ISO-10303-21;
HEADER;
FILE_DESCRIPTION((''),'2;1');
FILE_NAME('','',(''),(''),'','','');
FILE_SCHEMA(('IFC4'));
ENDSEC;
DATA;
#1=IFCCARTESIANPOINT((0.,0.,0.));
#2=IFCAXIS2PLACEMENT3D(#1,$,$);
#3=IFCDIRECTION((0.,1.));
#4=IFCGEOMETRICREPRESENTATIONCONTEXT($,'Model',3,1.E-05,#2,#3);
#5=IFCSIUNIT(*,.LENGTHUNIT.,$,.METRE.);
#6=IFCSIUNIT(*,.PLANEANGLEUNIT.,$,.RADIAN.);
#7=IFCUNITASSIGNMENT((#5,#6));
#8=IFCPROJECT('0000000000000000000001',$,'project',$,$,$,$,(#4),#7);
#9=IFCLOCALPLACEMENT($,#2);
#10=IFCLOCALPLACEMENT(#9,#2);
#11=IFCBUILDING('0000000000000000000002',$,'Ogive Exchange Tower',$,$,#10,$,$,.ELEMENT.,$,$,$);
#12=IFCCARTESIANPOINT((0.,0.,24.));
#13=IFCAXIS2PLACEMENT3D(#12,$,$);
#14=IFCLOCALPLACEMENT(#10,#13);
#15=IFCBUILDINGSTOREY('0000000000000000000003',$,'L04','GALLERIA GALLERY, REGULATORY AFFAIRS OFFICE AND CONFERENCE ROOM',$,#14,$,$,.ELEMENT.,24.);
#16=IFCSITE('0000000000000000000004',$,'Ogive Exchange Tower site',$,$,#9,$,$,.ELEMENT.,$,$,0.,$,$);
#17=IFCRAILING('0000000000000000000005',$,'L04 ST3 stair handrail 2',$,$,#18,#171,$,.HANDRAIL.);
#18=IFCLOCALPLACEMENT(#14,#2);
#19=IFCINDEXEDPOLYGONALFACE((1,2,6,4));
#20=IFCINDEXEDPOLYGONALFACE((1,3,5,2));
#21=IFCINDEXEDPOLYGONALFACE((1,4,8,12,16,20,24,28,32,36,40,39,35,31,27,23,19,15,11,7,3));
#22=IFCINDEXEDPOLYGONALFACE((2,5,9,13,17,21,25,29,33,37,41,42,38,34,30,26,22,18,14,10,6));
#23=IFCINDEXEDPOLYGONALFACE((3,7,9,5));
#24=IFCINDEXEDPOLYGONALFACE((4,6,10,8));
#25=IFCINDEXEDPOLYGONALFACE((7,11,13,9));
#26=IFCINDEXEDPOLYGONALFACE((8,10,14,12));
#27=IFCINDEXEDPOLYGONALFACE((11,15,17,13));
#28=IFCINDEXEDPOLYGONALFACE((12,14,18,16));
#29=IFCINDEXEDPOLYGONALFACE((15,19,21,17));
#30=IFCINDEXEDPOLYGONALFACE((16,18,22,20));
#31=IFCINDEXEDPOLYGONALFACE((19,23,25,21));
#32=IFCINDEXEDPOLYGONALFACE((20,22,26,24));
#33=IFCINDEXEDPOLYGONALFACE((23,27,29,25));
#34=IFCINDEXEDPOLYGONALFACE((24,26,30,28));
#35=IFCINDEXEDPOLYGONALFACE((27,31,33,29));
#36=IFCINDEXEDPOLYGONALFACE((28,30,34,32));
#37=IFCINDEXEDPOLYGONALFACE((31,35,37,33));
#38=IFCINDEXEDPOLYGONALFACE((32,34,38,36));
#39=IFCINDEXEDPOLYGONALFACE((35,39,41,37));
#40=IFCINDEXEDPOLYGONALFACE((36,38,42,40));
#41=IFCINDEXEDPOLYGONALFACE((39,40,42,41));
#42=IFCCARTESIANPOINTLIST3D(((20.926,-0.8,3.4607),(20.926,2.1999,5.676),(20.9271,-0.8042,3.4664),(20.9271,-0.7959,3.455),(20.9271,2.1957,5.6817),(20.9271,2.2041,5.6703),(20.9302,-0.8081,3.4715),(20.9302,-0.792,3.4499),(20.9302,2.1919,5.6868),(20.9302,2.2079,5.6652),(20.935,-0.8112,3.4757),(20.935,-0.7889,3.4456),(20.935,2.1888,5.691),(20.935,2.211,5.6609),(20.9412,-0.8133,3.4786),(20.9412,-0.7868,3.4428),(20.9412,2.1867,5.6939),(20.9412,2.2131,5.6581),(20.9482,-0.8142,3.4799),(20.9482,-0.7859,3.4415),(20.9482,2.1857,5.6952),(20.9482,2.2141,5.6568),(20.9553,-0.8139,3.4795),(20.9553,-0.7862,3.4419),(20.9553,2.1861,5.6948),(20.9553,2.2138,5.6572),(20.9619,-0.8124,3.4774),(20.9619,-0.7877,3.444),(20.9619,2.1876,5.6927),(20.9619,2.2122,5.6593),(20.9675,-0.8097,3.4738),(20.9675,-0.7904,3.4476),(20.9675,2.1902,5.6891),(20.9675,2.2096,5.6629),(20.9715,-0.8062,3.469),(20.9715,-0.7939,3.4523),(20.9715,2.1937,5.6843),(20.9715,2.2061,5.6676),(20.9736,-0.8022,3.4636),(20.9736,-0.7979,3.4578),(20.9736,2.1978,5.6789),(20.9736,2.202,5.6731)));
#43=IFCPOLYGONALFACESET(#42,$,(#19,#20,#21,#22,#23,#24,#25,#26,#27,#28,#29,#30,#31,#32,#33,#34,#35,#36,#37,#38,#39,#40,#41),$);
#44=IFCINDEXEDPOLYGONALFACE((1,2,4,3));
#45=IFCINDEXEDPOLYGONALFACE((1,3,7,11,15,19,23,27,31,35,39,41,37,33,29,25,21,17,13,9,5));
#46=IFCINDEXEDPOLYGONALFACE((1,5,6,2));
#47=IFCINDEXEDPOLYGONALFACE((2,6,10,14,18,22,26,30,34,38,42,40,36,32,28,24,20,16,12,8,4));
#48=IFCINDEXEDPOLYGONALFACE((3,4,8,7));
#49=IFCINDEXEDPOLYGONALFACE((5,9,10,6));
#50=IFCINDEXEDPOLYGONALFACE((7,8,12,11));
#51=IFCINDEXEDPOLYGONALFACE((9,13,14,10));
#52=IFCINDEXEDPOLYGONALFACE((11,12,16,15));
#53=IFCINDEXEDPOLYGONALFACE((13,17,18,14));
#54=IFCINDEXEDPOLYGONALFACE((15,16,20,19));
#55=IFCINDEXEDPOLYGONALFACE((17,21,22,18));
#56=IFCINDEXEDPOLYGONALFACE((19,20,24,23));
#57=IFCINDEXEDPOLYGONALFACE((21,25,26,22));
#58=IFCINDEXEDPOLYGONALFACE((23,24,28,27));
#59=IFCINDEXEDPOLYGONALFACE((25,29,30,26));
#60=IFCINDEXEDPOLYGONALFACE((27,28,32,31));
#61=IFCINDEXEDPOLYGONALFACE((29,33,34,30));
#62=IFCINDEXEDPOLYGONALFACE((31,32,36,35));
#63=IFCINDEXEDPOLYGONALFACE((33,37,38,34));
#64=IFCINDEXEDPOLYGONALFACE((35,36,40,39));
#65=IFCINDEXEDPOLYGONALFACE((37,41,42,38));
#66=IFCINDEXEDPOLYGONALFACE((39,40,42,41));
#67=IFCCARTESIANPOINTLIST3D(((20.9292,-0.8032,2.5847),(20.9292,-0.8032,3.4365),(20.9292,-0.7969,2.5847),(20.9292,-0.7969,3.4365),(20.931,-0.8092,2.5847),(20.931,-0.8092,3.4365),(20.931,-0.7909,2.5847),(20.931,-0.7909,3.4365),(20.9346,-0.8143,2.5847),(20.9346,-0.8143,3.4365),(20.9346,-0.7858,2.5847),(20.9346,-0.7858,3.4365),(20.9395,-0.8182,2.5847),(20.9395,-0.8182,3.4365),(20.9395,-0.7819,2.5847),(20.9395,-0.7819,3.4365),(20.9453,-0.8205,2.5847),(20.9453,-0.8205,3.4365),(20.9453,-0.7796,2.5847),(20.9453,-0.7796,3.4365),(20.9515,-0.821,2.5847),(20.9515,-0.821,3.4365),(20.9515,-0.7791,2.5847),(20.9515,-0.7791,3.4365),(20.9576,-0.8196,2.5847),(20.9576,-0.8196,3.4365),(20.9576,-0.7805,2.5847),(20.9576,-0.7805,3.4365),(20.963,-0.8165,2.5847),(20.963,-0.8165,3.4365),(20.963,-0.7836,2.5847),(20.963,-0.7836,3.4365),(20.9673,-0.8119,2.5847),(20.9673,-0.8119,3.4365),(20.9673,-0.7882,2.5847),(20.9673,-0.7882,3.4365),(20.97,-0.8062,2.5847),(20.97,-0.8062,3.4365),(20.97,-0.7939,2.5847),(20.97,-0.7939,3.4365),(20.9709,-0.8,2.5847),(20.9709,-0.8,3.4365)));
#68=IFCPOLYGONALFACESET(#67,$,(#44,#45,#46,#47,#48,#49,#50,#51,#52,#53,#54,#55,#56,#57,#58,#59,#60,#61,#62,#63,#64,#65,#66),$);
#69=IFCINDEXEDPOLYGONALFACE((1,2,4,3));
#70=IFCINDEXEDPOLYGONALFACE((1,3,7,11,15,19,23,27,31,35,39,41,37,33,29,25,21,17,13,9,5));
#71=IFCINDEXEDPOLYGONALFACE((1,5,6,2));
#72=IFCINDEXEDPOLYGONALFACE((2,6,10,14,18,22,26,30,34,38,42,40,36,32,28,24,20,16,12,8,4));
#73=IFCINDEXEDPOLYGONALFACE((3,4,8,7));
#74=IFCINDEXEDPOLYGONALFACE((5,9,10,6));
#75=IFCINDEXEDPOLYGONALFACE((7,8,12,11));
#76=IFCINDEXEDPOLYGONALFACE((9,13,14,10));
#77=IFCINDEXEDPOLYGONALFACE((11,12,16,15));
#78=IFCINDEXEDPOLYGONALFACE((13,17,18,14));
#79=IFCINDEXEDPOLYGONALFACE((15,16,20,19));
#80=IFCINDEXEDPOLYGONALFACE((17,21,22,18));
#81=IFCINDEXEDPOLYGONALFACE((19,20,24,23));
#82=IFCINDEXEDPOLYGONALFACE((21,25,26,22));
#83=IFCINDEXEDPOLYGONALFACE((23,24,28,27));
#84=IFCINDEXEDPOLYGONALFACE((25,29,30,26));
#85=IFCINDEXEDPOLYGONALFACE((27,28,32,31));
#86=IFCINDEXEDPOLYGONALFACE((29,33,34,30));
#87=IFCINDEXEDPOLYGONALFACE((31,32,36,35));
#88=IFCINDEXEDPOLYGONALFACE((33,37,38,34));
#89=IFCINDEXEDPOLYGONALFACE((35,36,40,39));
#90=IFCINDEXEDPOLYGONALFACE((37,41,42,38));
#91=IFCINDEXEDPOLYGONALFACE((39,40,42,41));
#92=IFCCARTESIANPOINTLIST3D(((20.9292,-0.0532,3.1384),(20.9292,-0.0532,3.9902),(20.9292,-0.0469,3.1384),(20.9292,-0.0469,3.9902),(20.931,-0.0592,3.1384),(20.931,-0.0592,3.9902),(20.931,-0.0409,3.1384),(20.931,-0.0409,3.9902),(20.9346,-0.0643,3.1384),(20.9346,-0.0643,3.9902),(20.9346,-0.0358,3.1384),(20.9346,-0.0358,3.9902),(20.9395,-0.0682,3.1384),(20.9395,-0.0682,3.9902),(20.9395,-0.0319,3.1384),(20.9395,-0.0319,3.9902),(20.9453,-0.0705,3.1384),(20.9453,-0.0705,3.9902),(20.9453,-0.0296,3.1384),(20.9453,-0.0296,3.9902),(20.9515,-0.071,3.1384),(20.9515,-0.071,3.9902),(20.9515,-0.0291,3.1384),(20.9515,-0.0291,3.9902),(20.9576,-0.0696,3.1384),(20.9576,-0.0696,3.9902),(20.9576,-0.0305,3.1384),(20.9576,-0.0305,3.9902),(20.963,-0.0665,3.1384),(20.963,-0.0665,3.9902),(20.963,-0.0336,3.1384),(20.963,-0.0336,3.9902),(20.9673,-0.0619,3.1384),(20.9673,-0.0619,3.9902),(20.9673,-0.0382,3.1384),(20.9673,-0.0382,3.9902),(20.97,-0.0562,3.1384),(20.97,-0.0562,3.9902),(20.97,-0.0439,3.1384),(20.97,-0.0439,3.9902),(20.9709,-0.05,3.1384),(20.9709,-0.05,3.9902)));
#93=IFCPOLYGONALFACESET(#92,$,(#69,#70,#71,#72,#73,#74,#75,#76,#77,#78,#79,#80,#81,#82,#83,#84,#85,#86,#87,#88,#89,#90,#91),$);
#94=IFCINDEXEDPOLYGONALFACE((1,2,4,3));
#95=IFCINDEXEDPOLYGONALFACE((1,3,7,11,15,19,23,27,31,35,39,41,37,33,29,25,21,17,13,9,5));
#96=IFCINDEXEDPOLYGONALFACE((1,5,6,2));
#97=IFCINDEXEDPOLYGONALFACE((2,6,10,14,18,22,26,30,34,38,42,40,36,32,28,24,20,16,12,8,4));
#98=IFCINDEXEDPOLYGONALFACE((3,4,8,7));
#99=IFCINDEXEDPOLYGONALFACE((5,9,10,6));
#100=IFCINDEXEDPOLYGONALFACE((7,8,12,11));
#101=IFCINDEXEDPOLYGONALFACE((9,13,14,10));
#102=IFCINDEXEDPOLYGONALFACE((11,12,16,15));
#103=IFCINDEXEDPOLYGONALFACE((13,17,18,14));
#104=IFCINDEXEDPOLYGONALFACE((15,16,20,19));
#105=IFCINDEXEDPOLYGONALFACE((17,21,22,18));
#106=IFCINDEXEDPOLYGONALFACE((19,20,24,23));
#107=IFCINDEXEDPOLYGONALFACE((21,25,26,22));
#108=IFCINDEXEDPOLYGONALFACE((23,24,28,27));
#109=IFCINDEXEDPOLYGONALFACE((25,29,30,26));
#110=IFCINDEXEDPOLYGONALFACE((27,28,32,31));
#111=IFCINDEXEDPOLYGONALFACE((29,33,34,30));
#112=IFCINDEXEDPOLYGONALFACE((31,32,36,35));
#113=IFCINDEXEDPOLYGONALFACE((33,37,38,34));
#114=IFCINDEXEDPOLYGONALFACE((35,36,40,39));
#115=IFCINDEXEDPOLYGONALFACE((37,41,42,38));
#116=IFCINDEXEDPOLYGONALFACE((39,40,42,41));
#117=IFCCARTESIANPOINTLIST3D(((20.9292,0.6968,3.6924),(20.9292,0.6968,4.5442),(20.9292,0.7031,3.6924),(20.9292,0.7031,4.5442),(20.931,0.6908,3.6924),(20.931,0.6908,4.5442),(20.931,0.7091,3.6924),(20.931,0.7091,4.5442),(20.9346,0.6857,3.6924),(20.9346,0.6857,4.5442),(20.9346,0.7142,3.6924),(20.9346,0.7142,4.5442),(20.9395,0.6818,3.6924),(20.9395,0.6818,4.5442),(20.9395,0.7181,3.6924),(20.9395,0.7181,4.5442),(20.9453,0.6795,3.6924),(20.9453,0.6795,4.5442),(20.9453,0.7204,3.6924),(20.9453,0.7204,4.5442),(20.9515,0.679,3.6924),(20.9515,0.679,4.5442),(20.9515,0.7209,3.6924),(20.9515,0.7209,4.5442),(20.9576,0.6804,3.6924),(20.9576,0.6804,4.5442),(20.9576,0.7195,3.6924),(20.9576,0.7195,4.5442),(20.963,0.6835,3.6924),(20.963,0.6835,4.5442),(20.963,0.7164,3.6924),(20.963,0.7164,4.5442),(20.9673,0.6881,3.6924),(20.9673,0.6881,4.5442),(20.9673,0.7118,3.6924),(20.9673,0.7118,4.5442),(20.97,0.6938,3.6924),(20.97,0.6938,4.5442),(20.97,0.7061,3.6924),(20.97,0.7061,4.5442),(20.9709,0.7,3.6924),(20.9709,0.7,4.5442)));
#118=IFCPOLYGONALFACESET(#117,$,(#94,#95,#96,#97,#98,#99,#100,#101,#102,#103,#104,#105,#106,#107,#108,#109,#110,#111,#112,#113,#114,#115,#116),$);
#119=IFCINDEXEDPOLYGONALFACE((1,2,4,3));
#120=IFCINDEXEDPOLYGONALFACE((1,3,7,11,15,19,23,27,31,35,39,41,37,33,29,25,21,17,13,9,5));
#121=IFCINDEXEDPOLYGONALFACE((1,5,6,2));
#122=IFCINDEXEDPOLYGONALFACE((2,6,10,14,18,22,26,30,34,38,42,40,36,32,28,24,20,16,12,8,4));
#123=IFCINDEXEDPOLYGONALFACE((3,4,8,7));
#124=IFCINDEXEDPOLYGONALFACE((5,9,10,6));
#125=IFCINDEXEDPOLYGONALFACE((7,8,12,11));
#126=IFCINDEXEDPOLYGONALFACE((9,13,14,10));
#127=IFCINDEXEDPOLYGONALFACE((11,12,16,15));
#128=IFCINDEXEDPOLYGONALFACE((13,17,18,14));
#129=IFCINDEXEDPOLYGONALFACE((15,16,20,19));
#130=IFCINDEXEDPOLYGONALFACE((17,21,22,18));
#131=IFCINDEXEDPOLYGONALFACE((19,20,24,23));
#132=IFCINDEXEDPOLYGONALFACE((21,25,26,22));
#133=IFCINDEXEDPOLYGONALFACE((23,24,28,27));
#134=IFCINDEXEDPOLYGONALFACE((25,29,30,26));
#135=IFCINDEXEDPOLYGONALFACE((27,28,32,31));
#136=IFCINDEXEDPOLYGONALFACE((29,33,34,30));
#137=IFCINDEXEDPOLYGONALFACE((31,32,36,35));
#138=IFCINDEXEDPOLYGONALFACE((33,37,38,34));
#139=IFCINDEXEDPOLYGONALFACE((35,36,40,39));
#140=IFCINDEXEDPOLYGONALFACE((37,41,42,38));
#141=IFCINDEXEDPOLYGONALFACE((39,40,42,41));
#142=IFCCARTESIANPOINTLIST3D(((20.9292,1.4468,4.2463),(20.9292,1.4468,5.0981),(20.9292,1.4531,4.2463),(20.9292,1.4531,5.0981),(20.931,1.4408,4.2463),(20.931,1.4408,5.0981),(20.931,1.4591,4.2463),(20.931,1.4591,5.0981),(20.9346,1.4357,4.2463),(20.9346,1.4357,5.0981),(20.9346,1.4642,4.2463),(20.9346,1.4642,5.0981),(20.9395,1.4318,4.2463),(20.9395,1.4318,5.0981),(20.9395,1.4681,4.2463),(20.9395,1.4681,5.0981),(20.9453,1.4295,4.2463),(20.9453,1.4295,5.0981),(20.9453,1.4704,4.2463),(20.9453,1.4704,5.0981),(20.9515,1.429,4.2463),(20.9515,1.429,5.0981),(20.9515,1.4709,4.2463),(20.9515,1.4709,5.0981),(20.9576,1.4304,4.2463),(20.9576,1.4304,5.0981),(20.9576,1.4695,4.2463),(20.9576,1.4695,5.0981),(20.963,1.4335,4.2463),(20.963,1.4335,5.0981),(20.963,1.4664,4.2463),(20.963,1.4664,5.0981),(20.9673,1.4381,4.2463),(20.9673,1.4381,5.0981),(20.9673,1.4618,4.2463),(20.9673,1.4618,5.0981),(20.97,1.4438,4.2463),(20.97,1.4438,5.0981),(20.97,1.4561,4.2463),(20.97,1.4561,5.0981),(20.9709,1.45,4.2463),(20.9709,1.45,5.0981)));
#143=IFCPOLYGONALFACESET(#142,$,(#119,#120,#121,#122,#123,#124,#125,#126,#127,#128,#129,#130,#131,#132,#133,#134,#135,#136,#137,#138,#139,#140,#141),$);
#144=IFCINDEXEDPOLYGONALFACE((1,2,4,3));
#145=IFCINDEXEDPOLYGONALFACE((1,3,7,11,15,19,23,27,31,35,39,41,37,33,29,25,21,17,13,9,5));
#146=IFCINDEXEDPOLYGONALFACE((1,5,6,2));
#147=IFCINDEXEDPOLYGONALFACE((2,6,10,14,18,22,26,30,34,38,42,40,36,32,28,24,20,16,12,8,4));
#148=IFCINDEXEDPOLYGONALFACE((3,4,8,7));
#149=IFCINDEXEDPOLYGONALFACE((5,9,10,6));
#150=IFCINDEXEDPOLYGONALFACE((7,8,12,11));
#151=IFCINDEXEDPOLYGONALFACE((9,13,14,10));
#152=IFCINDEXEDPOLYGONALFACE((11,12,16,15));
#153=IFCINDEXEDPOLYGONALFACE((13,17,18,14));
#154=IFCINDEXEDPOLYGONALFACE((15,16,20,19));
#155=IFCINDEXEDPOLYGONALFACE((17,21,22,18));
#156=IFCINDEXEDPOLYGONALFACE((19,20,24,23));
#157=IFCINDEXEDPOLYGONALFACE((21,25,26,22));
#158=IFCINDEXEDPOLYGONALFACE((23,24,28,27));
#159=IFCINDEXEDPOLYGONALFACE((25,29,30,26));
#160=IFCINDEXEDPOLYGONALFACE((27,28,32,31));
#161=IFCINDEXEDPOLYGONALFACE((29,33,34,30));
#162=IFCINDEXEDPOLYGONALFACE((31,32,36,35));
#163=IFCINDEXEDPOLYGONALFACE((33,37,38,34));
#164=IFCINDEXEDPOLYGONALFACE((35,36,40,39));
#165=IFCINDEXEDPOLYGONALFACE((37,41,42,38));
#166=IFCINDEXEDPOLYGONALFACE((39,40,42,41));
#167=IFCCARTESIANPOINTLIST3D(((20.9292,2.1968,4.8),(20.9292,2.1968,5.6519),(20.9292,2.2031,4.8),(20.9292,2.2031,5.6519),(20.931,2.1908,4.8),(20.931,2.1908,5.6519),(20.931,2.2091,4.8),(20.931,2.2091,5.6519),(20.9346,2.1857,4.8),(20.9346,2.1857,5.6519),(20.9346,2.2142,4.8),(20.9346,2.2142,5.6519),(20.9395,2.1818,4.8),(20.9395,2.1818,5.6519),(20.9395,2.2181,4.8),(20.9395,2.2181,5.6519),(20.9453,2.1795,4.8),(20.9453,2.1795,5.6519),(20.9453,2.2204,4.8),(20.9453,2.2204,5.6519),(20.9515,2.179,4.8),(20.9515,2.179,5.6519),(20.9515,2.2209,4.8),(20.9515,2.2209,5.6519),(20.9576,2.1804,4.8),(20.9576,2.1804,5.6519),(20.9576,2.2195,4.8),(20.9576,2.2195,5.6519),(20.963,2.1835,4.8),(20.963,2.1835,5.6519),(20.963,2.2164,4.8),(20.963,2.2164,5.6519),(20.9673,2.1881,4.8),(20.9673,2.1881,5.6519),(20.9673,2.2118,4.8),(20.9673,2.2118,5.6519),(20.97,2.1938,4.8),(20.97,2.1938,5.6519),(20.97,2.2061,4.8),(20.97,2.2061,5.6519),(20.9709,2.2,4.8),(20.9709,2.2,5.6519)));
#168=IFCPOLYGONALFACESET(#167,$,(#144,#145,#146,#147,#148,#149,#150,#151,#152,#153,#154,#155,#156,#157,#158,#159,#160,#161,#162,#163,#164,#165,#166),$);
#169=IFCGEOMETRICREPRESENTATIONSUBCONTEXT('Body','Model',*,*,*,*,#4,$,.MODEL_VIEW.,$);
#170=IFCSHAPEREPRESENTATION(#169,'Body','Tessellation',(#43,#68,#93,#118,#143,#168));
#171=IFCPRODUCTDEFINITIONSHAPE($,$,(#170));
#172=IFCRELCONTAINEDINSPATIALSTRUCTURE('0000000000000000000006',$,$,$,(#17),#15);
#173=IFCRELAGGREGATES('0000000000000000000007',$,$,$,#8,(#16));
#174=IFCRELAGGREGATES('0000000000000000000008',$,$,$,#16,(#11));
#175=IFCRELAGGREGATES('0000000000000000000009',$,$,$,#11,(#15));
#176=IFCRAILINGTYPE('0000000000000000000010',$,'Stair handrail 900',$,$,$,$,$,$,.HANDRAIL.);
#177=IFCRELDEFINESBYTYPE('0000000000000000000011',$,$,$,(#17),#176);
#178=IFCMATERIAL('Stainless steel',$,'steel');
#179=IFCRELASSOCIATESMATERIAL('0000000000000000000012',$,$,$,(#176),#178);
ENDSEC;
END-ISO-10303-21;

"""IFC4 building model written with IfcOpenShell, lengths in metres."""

from ifc_helpers import new_model, si_unit, direction, frame, origin, origin_2d, place, context, subcontext, project, spatial, circle, extrude, material, type_object, element, save


model = new_model("IFC4")

# Units and contexts
model_context = context("Model", 3, precision=1e-05, world=origin(), true_north=direction((0.0, 1.0)))
body_context = subcontext(model_context, "Body", "Model", "MODEL_VIEW")
ifc_project = project(units=[si_unit("LENGTHUNIT", "METRE"), si_unit("PLANEANGLEUNIT", "RADIAN")], contexts=[model_context])

# Site, building, storey
site_placement = place(None, origin())
site = spatial("IfcSite", under=ifc_project, at=site_placement, Name="Ogive Exchange Tower site", CompositionType="ELEMENT", RefElevation=0.0)
building_placement = place(site_placement, origin())
building = spatial("IfcBuilding", under=site, at=building_placement, Name="Ogive Exchange Tower", CompositionType="ELEMENT")
storey_placement = place(building_placement, frame((0.0, 0.0, 24.0)))
storey = spatial("IfcBuildingStorey", under=building, at=storey_placement, Name="L04", Description="GALLERIA GALLERY, REGULATORY AFFAIRS OFFICE AND CONFERENCE ROOM", CompositionType="ELEMENT", Elevation=24.0)

# Shared definitions
ifc_material_1 = material(Name="Stainless steel", Category="steel")

# Railing
railing_type = type_object("IfcRailingType", Name="Stair handrail 900", PredefinedType="HANDRAIL", material=ifc_material_1)
railing_placement = place(storey_placement, frame((20.95, -0.8, 2.5847)))
element("IfcRailing", 1, at=railing_placement, inside=storey, type_object=railing_type, Name="L04 ST3 stair handrail 2", PredefinedType="HANDRAIL", context=body_context, shape_type="SweptSolid", body=[
    extrude(circle(Radius=0.0239, at=origin_2d()), frame((0.0, 0.0, 0.876), z_axis=(0.0, 0.80444, 0.594034), x_axis=(-1.0, 0.0, 0.0)), (0.0, 0.0, 1.0), 3.7292),
    extrude(circle(Radius=0.021, at=origin_2d()), origin(), (0.0, 0.0, 1.0), 0.8518),
    extrude(circle(Radius=0.021, at=origin_2d()), frame((0.0, 0.75, 0.5537)), (0.0, 0.0, 1.0), 0.8518),
    extrude(circle(Radius=0.021, at=origin_2d()), frame((0.0, 1.5, 1.1077)), (0.0, 0.0, 1.0), 0.8518),
    extrude(circle(Radius=0.021, at=origin_2d()), frame((0.0, 2.25, 1.6616)), (0.0, 0.0, 1.0), 0.8518),
    extrude(circle(Radius=0.021, at=origin_2d()), frame((0.0, 3.0, 2.2153)), (0.0, 0.0, 1.0), 0.8518),
])

save(model, "model.ifc")
